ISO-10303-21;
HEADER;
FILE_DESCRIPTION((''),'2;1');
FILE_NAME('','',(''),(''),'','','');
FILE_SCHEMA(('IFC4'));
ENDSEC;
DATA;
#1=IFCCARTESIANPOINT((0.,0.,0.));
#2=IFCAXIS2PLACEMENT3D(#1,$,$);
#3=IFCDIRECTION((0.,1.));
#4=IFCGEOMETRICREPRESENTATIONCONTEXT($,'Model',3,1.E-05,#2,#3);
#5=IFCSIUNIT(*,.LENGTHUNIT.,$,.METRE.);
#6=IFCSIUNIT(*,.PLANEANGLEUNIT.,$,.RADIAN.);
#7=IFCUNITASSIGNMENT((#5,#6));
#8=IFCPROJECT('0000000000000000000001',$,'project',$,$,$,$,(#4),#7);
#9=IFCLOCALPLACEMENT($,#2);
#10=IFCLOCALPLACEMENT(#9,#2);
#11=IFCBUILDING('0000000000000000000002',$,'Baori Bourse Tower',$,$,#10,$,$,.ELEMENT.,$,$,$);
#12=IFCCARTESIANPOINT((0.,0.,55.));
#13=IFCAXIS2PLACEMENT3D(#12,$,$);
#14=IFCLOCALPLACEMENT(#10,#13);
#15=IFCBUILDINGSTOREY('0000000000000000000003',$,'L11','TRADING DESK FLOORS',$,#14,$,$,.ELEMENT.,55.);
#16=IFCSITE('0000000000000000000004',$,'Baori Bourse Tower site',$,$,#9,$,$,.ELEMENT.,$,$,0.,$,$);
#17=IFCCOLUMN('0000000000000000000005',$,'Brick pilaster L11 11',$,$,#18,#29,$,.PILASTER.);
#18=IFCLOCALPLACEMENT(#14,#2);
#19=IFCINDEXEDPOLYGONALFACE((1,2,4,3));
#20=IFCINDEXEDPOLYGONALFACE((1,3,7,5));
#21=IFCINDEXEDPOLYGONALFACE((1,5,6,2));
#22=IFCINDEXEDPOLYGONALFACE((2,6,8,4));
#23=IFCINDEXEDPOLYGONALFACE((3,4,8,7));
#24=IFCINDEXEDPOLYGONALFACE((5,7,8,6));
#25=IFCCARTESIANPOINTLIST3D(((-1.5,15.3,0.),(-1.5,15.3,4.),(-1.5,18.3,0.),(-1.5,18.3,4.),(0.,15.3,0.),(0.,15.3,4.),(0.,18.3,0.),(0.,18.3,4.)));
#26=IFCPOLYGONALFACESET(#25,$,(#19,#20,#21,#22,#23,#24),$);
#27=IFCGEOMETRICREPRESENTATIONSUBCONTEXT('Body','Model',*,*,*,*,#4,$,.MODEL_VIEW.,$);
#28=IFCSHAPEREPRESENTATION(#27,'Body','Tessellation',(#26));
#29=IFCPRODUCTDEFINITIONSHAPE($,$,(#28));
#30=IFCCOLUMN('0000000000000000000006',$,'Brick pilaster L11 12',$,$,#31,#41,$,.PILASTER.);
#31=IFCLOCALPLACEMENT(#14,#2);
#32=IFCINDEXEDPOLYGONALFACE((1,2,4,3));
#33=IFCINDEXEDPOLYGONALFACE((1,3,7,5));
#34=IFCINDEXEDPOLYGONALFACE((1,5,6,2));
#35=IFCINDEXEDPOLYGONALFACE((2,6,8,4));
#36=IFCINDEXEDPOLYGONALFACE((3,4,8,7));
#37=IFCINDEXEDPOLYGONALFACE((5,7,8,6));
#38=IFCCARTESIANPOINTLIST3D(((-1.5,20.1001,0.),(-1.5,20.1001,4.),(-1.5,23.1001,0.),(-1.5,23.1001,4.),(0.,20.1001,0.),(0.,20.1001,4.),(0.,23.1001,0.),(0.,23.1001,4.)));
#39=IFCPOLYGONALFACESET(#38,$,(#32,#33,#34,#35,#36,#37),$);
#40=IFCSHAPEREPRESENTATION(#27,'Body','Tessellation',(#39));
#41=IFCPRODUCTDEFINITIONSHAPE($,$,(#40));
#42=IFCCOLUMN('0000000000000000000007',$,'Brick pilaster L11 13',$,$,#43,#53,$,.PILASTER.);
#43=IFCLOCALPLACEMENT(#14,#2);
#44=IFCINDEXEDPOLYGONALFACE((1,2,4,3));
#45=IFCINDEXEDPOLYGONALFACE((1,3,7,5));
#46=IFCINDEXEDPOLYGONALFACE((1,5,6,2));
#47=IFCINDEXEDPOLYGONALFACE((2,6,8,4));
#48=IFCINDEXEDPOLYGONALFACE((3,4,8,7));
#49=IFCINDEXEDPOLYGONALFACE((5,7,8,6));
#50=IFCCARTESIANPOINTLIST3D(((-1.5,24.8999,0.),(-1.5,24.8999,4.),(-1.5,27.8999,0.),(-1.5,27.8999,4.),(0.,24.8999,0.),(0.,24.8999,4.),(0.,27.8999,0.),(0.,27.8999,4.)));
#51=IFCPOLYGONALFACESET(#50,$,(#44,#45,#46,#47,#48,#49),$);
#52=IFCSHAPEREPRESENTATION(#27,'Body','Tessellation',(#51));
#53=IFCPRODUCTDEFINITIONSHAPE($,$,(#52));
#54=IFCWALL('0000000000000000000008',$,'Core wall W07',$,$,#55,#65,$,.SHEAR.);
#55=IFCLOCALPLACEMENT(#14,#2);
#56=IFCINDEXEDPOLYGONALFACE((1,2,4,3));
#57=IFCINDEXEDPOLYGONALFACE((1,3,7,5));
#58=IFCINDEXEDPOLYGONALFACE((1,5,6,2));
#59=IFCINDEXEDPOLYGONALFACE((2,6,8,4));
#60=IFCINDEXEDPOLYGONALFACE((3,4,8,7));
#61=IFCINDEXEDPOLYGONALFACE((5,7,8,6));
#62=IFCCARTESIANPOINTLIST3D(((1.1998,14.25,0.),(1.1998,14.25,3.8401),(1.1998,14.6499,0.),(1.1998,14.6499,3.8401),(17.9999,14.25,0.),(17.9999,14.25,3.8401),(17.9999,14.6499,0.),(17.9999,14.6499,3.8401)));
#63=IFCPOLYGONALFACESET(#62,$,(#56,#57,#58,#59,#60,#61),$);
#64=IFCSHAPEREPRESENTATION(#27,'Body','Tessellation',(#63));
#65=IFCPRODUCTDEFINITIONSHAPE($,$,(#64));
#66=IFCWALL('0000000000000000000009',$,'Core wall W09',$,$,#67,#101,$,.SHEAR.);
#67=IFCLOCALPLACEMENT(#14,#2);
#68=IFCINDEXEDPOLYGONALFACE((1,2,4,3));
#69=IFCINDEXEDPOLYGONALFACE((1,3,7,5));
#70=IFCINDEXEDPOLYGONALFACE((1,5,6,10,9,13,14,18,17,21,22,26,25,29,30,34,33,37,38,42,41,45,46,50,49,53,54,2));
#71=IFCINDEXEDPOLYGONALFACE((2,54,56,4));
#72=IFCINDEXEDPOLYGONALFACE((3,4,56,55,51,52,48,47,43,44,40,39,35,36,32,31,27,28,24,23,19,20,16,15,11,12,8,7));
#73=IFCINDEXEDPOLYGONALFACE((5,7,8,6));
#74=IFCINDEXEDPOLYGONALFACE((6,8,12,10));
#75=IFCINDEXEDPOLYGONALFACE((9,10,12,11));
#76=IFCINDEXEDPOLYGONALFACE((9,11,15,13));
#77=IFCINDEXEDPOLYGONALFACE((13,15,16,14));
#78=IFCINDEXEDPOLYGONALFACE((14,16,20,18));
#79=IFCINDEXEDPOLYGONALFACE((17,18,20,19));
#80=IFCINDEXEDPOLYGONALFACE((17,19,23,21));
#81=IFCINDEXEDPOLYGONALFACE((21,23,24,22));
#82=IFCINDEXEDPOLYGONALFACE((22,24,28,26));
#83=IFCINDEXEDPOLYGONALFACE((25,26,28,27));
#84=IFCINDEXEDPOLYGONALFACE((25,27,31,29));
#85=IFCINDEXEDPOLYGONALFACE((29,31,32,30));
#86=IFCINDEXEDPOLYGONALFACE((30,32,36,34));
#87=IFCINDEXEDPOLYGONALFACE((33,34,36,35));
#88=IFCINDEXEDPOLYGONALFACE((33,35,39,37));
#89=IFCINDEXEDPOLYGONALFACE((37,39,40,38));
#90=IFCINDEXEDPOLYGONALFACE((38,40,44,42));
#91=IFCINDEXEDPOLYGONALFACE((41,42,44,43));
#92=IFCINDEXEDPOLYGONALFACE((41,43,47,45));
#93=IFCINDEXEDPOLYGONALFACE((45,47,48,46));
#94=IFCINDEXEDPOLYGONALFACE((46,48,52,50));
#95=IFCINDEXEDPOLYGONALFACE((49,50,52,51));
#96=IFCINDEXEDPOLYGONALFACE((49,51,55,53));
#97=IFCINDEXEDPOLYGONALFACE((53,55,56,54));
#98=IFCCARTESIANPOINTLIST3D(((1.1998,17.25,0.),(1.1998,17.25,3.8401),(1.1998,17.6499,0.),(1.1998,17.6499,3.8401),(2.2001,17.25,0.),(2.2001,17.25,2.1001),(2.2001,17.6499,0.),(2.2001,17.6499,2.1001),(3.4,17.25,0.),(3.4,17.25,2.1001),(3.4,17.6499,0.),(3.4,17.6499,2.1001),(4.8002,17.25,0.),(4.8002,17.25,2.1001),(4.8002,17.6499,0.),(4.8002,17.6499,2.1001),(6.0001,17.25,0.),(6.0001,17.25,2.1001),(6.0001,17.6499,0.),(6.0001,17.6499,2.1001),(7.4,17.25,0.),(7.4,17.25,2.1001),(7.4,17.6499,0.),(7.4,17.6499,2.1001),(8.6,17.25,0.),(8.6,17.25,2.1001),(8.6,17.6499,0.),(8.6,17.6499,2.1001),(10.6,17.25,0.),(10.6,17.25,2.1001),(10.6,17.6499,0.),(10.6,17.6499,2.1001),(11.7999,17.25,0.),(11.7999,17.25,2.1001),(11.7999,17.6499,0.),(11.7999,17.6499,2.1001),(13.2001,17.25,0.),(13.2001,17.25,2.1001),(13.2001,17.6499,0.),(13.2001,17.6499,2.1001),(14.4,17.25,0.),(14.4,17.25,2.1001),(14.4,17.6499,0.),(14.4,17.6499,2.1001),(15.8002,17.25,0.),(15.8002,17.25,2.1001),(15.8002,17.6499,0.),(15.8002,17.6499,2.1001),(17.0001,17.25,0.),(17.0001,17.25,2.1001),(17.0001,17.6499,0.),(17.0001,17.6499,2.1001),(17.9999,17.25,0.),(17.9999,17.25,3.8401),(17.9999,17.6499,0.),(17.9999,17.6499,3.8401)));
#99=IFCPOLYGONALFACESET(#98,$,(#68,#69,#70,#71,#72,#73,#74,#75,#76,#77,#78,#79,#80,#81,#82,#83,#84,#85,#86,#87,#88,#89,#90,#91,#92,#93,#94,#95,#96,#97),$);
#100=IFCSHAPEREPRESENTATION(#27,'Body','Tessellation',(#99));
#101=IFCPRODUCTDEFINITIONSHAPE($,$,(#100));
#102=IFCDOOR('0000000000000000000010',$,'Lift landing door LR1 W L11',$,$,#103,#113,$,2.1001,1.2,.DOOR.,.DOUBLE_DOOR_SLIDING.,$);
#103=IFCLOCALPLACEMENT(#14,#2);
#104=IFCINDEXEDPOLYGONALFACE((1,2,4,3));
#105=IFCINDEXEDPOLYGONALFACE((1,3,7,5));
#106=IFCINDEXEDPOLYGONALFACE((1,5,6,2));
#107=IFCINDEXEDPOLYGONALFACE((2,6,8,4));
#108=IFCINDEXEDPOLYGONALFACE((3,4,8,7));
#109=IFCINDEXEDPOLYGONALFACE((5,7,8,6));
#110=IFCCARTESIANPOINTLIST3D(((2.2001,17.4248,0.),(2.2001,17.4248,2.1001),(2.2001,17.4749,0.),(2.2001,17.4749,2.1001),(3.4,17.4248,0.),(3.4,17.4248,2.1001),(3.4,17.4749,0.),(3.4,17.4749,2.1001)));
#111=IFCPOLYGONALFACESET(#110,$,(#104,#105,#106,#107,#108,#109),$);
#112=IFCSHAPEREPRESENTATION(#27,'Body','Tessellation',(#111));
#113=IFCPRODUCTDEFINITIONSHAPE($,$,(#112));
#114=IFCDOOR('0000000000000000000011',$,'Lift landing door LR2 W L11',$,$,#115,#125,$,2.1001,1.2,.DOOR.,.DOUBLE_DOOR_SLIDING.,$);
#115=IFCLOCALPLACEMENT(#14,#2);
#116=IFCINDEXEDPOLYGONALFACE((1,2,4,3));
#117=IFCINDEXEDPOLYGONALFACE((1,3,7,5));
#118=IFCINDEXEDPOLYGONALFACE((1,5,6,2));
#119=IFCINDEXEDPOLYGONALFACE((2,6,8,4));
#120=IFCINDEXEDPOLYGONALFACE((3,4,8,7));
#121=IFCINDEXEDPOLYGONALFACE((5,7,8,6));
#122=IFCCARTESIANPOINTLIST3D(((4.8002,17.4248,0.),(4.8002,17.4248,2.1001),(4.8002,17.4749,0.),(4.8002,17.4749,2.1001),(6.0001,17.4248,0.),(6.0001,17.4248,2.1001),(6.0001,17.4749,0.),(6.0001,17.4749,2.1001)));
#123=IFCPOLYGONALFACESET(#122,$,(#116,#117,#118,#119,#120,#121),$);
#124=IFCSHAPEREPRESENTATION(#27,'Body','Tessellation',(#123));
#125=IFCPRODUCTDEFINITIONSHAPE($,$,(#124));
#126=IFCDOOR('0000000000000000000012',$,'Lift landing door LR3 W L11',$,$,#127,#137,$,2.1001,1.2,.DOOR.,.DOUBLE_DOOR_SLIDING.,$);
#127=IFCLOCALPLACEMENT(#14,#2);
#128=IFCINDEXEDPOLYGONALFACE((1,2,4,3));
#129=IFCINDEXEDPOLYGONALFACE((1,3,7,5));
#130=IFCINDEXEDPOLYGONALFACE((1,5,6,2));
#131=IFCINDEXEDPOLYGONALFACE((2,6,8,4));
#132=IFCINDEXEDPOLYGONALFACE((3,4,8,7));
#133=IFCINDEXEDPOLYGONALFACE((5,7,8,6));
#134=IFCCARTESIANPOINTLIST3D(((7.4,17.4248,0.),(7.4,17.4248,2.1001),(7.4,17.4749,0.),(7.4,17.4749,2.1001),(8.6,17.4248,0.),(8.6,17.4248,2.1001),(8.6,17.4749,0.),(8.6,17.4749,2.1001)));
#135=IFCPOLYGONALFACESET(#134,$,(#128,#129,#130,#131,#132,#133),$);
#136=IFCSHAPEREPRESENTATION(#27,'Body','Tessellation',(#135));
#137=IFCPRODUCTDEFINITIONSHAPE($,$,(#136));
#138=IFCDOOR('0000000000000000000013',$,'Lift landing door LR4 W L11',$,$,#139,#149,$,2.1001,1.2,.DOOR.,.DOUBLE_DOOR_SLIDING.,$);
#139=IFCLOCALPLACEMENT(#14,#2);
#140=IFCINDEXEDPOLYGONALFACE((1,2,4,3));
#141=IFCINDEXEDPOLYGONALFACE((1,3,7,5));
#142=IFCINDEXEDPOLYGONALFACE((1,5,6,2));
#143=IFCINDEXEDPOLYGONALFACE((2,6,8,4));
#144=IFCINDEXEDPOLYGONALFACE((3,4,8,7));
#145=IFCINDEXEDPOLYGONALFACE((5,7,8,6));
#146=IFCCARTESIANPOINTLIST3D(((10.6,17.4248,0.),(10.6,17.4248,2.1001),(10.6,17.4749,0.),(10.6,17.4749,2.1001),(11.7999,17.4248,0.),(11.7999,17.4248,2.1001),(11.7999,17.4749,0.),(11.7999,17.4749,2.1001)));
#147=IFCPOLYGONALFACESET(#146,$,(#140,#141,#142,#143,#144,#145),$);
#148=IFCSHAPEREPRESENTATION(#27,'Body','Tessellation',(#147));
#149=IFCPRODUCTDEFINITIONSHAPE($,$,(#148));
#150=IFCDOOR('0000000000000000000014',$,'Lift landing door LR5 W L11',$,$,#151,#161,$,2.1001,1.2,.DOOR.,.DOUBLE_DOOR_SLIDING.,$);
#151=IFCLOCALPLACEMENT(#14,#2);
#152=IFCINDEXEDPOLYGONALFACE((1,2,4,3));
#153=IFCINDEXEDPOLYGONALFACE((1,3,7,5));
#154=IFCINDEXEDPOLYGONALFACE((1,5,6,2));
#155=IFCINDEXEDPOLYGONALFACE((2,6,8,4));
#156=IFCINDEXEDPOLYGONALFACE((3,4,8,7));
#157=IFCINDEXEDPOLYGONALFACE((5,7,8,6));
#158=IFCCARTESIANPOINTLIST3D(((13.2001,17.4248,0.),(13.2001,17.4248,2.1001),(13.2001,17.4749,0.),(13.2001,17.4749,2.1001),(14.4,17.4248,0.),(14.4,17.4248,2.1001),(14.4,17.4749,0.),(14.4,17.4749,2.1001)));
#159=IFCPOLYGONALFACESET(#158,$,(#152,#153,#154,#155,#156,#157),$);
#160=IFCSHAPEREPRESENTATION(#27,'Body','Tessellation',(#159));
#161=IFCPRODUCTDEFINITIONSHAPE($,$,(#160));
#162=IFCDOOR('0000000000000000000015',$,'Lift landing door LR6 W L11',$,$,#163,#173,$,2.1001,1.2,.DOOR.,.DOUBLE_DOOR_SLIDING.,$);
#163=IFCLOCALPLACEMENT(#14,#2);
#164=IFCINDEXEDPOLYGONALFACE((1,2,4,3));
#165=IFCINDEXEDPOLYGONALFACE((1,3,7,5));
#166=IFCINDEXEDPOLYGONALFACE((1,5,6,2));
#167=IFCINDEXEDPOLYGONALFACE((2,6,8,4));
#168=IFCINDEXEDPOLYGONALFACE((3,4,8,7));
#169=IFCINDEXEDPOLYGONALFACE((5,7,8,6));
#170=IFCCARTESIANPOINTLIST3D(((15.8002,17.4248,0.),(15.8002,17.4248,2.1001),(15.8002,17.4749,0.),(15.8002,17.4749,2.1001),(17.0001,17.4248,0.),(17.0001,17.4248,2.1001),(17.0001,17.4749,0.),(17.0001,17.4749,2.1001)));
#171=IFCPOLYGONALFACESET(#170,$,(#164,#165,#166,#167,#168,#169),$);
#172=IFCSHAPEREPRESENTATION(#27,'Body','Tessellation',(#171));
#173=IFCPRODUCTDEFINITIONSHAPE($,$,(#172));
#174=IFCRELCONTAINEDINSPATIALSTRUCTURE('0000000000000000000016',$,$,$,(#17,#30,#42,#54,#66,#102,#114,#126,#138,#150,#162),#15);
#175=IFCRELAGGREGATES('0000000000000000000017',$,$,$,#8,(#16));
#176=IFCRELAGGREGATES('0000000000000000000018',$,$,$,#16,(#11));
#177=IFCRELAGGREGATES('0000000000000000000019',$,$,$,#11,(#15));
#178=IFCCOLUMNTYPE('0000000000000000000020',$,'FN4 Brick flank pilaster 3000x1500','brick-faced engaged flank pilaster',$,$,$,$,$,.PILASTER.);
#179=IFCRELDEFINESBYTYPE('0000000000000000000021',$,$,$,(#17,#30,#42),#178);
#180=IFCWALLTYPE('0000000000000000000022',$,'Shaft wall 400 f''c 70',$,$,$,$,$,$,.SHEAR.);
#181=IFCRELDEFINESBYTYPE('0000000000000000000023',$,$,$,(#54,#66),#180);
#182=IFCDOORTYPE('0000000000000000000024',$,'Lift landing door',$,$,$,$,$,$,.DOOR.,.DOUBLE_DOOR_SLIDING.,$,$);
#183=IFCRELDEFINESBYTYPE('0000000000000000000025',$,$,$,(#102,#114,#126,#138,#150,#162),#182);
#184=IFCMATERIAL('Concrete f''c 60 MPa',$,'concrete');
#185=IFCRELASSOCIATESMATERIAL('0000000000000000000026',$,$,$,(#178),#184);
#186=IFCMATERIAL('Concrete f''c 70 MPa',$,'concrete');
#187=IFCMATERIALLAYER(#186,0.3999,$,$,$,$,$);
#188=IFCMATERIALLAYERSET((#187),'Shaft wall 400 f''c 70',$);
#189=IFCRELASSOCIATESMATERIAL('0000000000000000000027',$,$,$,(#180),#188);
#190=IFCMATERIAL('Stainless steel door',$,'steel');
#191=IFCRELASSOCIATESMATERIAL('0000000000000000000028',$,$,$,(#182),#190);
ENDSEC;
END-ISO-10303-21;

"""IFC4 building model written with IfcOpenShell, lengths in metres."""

from ifc_helpers import new_model, si_unit, direction, frame, frame_2d, origin, origin_2d, place, context, subcontext, project, spatial, rectangle, extrude, material, layer, layer_set, material_profile, profile_set, type_object, element, fill, save


model = new_model("IFC4")

# Units and contexts
model_context = context("Model", 3, precision=1e-05, world=origin(), true_north=direction((0.0, 1.0)))
body_context = subcontext(model_context, "Body", "Model", "MODEL_VIEW")
ifc_project = project(units=[si_unit("LENGTHUNIT", "METRE"), si_unit("PLANEANGLEUNIT", "RADIAN")], contexts=[model_context])

# Site, building, storey
site_placement = place(None, origin())
site = spatial("IfcSite", under=ifc_project, at=site_placement, Name="Baori Bourse Tower site", CompositionType="ELEMENT", RefElevation=0.0)
building_placement = place(site_placement, origin())
building = spatial("IfcBuilding", under=site, at=building_placement, Name="Baori Bourse Tower", CompositionType="ELEMENT")
storey_placement = place(building_placement, frame((0.0, 0.0, 55.0)))
storey = spatial("IfcBuildingStorey", under=building, at=storey_placement, Name="L11", Description="TRADING DESK FLOORS", CompositionType="ELEMENT", Elevation=55.0)

# Columns
ifc_material_1 = material(Name="Concrete f'c 60 MPa", Category="concrete")
ifc_material_profile = material_profile(ifc_material_1, rectangle(XDim=3.0, YDim=1.5, at=origin_2d()), Name="RC 3000x1500")
ifc_profile_set = profile_set([ifc_material_profile], Name="Concrete f'c 60 MPa")
column_type = type_object("IfcColumnType", Name="FN4 Brick flank pilaster 3000x1500", Description="brick-faced engaged flank pilaster", PredefinedType="PILASTER", material=ifc_profile_set)
for number, where, z_axis, x_axis, name in (
    (1, (-0.75, 16.8, 0.0), (0.0, 0.0, 1.0), (0.0, 1.0, 0.0), "Brick pilaster L11 11"),
    (2, (-0.75, 21.6001, 0.0), (0.0, 0.0, 1.0), (0.0, 1.0, 0.0), "Brick pilaster L11 12"),
    (3, (-0.75, 26.3999, 0.0), (0.0, 0.0, 1.0), (0.0, 1.0, 0.0), "Brick pilaster L11 13"),
):
    element("IfcColumn", number, at=place(storey_placement, frame(where, z_axis=z_axis, x_axis=x_axis)), inside=storey, type_object=column_type, Name=name, PredefinedType="PILASTER", context=body_context, shape_type="SweptSolid", body=[
        extrude(rectangle(XDim=3.0, YDim=1.5, at=origin_2d()), origin(), (0.0, 0.0, 1.0), 4.0),
    ])

# Wall
ifc_material_2 = material(Name="Concrete f'c 70 MPa", Category="concrete")
ifc_layer_1 = layer(ifc_material_2, 0.3999)
ifc_layer_set_1 = layer_set([ifc_layer_1], Name="Shaft wall 400 f'c 70")
wall_type_1 = type_object("IfcWallType", Name="Shaft wall 400 f'c 70", PredefinedType="SHEAR", material=ifc_layer_set_1)
wall_1_placement = place(storey_placement, frame((1.2, 14.45, 0.0), z_axis=(0.0, 0.0, 1.0), x_axis=(1.0, 0.0, 0.0)))
element("IfcWall", 4, at=wall_1_placement, inside=storey, type_object=wall_type_1, Name="Core wall W07", PredefinedType="SHEAR", context=body_context, shape_type="SweptSolid", body=[
    extrude(rectangle(XDim=16.8, YDim=0.3999, at=frame_2d((8.3999, 0.0))), origin(), (0.0, 0.0, 1.0), 3.8401),
])

# Wall, openings, doors
wall_2_placement = place(storey_placement, frame((1.2, 17.45, 0.0), z_axis=(0.0, 0.0, 1.0), x_axis=(1.0, 0.0, 0.0)))
wall_2 = element("IfcWall", 5, at=wall_2_placement, inside=storey, type_object=wall_type_1, Name="Core wall W09", PredefinedType="SHEAR", context=body_context, shape_type="SweptSolid", body=[
    extrude(rectangle(XDim=16.8, YDim=0.3999, at=frame_2d((8.3999, 0.0))), origin(), (0.0, 0.0, 1.0), 3.8401),
])
opening_1_placement = place(wall_2_placement, frame((1.0, 0.0, 0.0)))
opening_1 = element("IfcOpeningElement", 6, at=opening_1_placement, cuts=wall_2, PredefinedType="OPENING", context=body_context, shape_type="SweptSolid", body=[
    extrude(rectangle(XDim=1.2, YDim=2.1001, at=frame_2d((0.6001, 1.05))), frame((0.0, 0.21, 0.0), z_axis=(0.0, -1.0, 0.0), x_axis=(1.0, 0.0, 0.0)), (0.0, 0.0, 1.0), 0.4199),
])
opening_2_placement = place(wall_2_placement, frame((3.6001, 0.0, 0.0)))
opening_2 = element("IfcOpeningElement", 7, at=opening_2_placement, cuts=wall_2, PredefinedType="OPENING", context=body_context, shape_type="SweptSolid", body=[
    extrude(rectangle(XDim=1.2, YDim=2.1001, at=frame_2d((0.6001, 1.05))), frame((0.0, 0.21, 0.0), z_axis=(0.0, -1.0, 0.0), x_axis=(1.0, 0.0, 0.0)), (0.0, 0.0, 1.0), 0.4199),
])
opening_3_placement = place(wall_2_placement, frame((6.2, 0.0, 0.0)))
opening_3 = element("IfcOpeningElement", 8, at=opening_3_placement, cuts=wall_2, PredefinedType="OPENING", context=body_context, shape_type="SweptSolid", body=[
    extrude(rectangle(XDim=1.2, YDim=2.1001, at=frame_2d((0.6001, 1.05))), frame((0.0, 0.21, 0.0), z_axis=(0.0, -1.0, 0.0), x_axis=(1.0, 0.0, 0.0)), (0.0, 0.0, 1.0), 0.4199),
])
opening_4_placement = place(wall_2_placement, frame((9.3999, 0.0, 0.0)))
opening_4 = element("IfcOpeningElement", 9, at=opening_4_placement, cuts=wall_2, PredefinedType="OPENING", context=body_context, shape_type="SweptSolid", body=[
    extrude(rectangle(XDim=1.2, YDim=2.1001, at=frame_2d((0.6001, 1.05))), frame((0.0, 0.21, 0.0), z_axis=(0.0, -1.0, 0.0), x_axis=(1.0, 0.0, 0.0)), (0.0, 0.0, 1.0), 0.4199),
])
opening_5_placement = place(wall_2_placement, frame((12.0, 0.0, 0.0)))
opening_5 = element("IfcOpeningElement", 10, at=opening_5_placement, cuts=wall_2, PredefinedType="OPENING", context=body_context, shape_type="SweptSolid", body=[
    extrude(rectangle(XDim=1.2, YDim=2.1001, at=frame_2d((0.6001, 1.05))), frame((0.0, 0.21, 0.0), z_axis=(0.0, -1.0, 0.0), x_axis=(1.0, 0.0, 0.0)), (0.0, 0.0, 1.0), 0.4199),
])
opening_6_placement = place(wall_2_placement, frame((14.6001, 0.0, 0.0)))
opening_6 = element("IfcOpeningElement", 11, at=opening_6_placement, cuts=wall_2, PredefinedType="OPENING", context=body_context, shape_type="SweptSolid", body=[
    extrude(rectangle(XDim=1.2, YDim=2.1001, at=frame_2d((0.6001, 1.05))), frame((0.0, 0.21, 0.0), z_axis=(0.0, -1.0, 0.0), x_axis=(1.0, 0.0, 0.0)), (0.0, 0.0, 1.0), 0.4199),
])
ifc_material_3 = material(Name="Stainless steel door", Category="steel")
door_type_1 = type_object("IfcDoorType", Name="Lift landing door", OperationType="DOUBLE_DOOR_SLIDING", PredefinedType="DOOR", material=ifc_material_3)
door_1_placement = place(opening_1_placement, origin())
door_1 = element("IfcDoor", 12, at=door_1_placement, inside=storey, type_object=door_type_1, Name="Lift landing door LR1 W L11", OperationType="DOUBLE_DOOR_SLIDING", OverallHeight=2.1001, OverallWidth=1.2, PredefinedType="DOOR", context=body_context, shape_type="SweptSolid", body=[
    extrude(rectangle(XDim=1.2, YDim=2.1001, at=frame_2d((0.6001, 1.05))), frame((0.0, 0.0249, 0.0), z_axis=(0.0, -1.0, 0.0), x_axis=(1.0, 0.0, 0.0)), (0.0, 0.0, 1.0), 0.05),
])
fill(opening_1, door_1)
door_2_placement = place(opening_2_placement, origin())
door_2 = element("IfcDoor", 13, at=door_2_placement, inside=storey, type_object=door_type_1, Name="Lift landing door LR2 W L11", OperationType="DOUBLE_DOOR_SLIDING", OverallHeight=2.1001, OverallWidth=1.2, PredefinedType="DOOR", context=body_context, shape_type="SweptSolid", body=[
    extrude(rectangle(XDim=1.2, YDim=2.1001, at=frame_2d((0.6001, 1.05))), frame((0.0, 0.0249, 0.0), z_axis=(0.0, -1.0, 0.0), x_axis=(1.0, 0.0, 0.0)), (0.0, 0.0, 1.0), 0.05),
])
fill(opening_2, door_2)
door_3_placement = place(opening_3_placement, origin())
door_3 = element("IfcDoor", 14, at=door_3_placement, inside=storey, type_object=door_type_1, Name="Lift landing door LR3 W L11", OperationType="DOUBLE_DOOR_SLIDING", OverallHeight=2.1001, OverallWidth=1.2, PredefinedType="DOOR", context=body_context, shape_type="SweptSolid", body=[
    extrude(rectangle(XDim=1.2, YDim=2.1001, at=frame_2d((0.6001, 1.05))), frame((0.0, 0.0249, 0.0), z_axis=(0.0, -1.0, 0.0), x_axis=(1.0, 0.0, 0.0)), (0.0, 0.0, 1.0), 0.05),
])
fill(opening_3, door_3)
door_4_placement = place(opening_4_placement, origin())
door_4 = element("IfcDoor", 15, at=door_4_placement, inside=storey, type_object=door_type_1, Name="Lift landing door LR4 W L11", OperationType="DOUBLE_DOOR_SLIDING", OverallHeight=2.1001, OverallWidth=1.2, PredefinedType="DOOR", context=body_context, shape_type="SweptSolid", body=[
    extrude(rectangle(XDim=1.2, YDim=2.1001, at=frame_2d((0.6001, 1.05))), frame((0.0, 0.0249, 0.0), z_axis=(0.0, -1.0, 0.0), x_axis=(1.0, 0.0, 0.0)), (0.0, 0.0, 1.0), 0.05),
])
fill(opening_4, door_4)
door_5_placement = place(opening_5_placement, origin())
door_5 = element("IfcDoor", 16, at=door_5_placement, inside=storey, type_object=door_type_1, Name="Lift landing door LR5 W L11", OperationType="DOUBLE_DOOR_SLIDING", OverallHeight=2.1001, OverallWidth=1.2, PredefinedType="DOOR", context=body_context, shape_type="SweptSolid", body=[
    extrude(rectangle(XDim=1.2, YDim=2.1001, at=frame_2d((0.6001, 1.05))), frame((0.0, 0.0249, 0.0), z_axis=(0.0, -1.0, 0.0), x_axis=(1.0, 0.0, 0.0)), (0.0, 0.0, 1.0), 0.05),
])
fill(opening_5, door_5)
door_6_placement = place(opening_6_placement, origin())
door_6 = element("IfcDoor", 17, at=door_6_placement, inside=storey, type_object=door_type_1, Name="Lift landing door LR6 W L11", OperationType="DOUBLE_DOOR_SLIDING", OverallHeight=2.1001, OverallWidth=1.2, PredefinedType="DOOR", context=body_context, shape_type="SweptSolid", body=[
    extrude(rectangle(XDim=1.2, YDim=2.1001, at=frame_2d((0.6001, 1.05))), frame((0.0, 0.0249, 0.0), z_axis=(0.0, -1.0, 0.0), x_axis=(1.0, 0.0, 0.0)), (0.0, 0.0, 1.0), 0.05),
])
fill(opening_6, door_6)

save(model, "model.ifc")
